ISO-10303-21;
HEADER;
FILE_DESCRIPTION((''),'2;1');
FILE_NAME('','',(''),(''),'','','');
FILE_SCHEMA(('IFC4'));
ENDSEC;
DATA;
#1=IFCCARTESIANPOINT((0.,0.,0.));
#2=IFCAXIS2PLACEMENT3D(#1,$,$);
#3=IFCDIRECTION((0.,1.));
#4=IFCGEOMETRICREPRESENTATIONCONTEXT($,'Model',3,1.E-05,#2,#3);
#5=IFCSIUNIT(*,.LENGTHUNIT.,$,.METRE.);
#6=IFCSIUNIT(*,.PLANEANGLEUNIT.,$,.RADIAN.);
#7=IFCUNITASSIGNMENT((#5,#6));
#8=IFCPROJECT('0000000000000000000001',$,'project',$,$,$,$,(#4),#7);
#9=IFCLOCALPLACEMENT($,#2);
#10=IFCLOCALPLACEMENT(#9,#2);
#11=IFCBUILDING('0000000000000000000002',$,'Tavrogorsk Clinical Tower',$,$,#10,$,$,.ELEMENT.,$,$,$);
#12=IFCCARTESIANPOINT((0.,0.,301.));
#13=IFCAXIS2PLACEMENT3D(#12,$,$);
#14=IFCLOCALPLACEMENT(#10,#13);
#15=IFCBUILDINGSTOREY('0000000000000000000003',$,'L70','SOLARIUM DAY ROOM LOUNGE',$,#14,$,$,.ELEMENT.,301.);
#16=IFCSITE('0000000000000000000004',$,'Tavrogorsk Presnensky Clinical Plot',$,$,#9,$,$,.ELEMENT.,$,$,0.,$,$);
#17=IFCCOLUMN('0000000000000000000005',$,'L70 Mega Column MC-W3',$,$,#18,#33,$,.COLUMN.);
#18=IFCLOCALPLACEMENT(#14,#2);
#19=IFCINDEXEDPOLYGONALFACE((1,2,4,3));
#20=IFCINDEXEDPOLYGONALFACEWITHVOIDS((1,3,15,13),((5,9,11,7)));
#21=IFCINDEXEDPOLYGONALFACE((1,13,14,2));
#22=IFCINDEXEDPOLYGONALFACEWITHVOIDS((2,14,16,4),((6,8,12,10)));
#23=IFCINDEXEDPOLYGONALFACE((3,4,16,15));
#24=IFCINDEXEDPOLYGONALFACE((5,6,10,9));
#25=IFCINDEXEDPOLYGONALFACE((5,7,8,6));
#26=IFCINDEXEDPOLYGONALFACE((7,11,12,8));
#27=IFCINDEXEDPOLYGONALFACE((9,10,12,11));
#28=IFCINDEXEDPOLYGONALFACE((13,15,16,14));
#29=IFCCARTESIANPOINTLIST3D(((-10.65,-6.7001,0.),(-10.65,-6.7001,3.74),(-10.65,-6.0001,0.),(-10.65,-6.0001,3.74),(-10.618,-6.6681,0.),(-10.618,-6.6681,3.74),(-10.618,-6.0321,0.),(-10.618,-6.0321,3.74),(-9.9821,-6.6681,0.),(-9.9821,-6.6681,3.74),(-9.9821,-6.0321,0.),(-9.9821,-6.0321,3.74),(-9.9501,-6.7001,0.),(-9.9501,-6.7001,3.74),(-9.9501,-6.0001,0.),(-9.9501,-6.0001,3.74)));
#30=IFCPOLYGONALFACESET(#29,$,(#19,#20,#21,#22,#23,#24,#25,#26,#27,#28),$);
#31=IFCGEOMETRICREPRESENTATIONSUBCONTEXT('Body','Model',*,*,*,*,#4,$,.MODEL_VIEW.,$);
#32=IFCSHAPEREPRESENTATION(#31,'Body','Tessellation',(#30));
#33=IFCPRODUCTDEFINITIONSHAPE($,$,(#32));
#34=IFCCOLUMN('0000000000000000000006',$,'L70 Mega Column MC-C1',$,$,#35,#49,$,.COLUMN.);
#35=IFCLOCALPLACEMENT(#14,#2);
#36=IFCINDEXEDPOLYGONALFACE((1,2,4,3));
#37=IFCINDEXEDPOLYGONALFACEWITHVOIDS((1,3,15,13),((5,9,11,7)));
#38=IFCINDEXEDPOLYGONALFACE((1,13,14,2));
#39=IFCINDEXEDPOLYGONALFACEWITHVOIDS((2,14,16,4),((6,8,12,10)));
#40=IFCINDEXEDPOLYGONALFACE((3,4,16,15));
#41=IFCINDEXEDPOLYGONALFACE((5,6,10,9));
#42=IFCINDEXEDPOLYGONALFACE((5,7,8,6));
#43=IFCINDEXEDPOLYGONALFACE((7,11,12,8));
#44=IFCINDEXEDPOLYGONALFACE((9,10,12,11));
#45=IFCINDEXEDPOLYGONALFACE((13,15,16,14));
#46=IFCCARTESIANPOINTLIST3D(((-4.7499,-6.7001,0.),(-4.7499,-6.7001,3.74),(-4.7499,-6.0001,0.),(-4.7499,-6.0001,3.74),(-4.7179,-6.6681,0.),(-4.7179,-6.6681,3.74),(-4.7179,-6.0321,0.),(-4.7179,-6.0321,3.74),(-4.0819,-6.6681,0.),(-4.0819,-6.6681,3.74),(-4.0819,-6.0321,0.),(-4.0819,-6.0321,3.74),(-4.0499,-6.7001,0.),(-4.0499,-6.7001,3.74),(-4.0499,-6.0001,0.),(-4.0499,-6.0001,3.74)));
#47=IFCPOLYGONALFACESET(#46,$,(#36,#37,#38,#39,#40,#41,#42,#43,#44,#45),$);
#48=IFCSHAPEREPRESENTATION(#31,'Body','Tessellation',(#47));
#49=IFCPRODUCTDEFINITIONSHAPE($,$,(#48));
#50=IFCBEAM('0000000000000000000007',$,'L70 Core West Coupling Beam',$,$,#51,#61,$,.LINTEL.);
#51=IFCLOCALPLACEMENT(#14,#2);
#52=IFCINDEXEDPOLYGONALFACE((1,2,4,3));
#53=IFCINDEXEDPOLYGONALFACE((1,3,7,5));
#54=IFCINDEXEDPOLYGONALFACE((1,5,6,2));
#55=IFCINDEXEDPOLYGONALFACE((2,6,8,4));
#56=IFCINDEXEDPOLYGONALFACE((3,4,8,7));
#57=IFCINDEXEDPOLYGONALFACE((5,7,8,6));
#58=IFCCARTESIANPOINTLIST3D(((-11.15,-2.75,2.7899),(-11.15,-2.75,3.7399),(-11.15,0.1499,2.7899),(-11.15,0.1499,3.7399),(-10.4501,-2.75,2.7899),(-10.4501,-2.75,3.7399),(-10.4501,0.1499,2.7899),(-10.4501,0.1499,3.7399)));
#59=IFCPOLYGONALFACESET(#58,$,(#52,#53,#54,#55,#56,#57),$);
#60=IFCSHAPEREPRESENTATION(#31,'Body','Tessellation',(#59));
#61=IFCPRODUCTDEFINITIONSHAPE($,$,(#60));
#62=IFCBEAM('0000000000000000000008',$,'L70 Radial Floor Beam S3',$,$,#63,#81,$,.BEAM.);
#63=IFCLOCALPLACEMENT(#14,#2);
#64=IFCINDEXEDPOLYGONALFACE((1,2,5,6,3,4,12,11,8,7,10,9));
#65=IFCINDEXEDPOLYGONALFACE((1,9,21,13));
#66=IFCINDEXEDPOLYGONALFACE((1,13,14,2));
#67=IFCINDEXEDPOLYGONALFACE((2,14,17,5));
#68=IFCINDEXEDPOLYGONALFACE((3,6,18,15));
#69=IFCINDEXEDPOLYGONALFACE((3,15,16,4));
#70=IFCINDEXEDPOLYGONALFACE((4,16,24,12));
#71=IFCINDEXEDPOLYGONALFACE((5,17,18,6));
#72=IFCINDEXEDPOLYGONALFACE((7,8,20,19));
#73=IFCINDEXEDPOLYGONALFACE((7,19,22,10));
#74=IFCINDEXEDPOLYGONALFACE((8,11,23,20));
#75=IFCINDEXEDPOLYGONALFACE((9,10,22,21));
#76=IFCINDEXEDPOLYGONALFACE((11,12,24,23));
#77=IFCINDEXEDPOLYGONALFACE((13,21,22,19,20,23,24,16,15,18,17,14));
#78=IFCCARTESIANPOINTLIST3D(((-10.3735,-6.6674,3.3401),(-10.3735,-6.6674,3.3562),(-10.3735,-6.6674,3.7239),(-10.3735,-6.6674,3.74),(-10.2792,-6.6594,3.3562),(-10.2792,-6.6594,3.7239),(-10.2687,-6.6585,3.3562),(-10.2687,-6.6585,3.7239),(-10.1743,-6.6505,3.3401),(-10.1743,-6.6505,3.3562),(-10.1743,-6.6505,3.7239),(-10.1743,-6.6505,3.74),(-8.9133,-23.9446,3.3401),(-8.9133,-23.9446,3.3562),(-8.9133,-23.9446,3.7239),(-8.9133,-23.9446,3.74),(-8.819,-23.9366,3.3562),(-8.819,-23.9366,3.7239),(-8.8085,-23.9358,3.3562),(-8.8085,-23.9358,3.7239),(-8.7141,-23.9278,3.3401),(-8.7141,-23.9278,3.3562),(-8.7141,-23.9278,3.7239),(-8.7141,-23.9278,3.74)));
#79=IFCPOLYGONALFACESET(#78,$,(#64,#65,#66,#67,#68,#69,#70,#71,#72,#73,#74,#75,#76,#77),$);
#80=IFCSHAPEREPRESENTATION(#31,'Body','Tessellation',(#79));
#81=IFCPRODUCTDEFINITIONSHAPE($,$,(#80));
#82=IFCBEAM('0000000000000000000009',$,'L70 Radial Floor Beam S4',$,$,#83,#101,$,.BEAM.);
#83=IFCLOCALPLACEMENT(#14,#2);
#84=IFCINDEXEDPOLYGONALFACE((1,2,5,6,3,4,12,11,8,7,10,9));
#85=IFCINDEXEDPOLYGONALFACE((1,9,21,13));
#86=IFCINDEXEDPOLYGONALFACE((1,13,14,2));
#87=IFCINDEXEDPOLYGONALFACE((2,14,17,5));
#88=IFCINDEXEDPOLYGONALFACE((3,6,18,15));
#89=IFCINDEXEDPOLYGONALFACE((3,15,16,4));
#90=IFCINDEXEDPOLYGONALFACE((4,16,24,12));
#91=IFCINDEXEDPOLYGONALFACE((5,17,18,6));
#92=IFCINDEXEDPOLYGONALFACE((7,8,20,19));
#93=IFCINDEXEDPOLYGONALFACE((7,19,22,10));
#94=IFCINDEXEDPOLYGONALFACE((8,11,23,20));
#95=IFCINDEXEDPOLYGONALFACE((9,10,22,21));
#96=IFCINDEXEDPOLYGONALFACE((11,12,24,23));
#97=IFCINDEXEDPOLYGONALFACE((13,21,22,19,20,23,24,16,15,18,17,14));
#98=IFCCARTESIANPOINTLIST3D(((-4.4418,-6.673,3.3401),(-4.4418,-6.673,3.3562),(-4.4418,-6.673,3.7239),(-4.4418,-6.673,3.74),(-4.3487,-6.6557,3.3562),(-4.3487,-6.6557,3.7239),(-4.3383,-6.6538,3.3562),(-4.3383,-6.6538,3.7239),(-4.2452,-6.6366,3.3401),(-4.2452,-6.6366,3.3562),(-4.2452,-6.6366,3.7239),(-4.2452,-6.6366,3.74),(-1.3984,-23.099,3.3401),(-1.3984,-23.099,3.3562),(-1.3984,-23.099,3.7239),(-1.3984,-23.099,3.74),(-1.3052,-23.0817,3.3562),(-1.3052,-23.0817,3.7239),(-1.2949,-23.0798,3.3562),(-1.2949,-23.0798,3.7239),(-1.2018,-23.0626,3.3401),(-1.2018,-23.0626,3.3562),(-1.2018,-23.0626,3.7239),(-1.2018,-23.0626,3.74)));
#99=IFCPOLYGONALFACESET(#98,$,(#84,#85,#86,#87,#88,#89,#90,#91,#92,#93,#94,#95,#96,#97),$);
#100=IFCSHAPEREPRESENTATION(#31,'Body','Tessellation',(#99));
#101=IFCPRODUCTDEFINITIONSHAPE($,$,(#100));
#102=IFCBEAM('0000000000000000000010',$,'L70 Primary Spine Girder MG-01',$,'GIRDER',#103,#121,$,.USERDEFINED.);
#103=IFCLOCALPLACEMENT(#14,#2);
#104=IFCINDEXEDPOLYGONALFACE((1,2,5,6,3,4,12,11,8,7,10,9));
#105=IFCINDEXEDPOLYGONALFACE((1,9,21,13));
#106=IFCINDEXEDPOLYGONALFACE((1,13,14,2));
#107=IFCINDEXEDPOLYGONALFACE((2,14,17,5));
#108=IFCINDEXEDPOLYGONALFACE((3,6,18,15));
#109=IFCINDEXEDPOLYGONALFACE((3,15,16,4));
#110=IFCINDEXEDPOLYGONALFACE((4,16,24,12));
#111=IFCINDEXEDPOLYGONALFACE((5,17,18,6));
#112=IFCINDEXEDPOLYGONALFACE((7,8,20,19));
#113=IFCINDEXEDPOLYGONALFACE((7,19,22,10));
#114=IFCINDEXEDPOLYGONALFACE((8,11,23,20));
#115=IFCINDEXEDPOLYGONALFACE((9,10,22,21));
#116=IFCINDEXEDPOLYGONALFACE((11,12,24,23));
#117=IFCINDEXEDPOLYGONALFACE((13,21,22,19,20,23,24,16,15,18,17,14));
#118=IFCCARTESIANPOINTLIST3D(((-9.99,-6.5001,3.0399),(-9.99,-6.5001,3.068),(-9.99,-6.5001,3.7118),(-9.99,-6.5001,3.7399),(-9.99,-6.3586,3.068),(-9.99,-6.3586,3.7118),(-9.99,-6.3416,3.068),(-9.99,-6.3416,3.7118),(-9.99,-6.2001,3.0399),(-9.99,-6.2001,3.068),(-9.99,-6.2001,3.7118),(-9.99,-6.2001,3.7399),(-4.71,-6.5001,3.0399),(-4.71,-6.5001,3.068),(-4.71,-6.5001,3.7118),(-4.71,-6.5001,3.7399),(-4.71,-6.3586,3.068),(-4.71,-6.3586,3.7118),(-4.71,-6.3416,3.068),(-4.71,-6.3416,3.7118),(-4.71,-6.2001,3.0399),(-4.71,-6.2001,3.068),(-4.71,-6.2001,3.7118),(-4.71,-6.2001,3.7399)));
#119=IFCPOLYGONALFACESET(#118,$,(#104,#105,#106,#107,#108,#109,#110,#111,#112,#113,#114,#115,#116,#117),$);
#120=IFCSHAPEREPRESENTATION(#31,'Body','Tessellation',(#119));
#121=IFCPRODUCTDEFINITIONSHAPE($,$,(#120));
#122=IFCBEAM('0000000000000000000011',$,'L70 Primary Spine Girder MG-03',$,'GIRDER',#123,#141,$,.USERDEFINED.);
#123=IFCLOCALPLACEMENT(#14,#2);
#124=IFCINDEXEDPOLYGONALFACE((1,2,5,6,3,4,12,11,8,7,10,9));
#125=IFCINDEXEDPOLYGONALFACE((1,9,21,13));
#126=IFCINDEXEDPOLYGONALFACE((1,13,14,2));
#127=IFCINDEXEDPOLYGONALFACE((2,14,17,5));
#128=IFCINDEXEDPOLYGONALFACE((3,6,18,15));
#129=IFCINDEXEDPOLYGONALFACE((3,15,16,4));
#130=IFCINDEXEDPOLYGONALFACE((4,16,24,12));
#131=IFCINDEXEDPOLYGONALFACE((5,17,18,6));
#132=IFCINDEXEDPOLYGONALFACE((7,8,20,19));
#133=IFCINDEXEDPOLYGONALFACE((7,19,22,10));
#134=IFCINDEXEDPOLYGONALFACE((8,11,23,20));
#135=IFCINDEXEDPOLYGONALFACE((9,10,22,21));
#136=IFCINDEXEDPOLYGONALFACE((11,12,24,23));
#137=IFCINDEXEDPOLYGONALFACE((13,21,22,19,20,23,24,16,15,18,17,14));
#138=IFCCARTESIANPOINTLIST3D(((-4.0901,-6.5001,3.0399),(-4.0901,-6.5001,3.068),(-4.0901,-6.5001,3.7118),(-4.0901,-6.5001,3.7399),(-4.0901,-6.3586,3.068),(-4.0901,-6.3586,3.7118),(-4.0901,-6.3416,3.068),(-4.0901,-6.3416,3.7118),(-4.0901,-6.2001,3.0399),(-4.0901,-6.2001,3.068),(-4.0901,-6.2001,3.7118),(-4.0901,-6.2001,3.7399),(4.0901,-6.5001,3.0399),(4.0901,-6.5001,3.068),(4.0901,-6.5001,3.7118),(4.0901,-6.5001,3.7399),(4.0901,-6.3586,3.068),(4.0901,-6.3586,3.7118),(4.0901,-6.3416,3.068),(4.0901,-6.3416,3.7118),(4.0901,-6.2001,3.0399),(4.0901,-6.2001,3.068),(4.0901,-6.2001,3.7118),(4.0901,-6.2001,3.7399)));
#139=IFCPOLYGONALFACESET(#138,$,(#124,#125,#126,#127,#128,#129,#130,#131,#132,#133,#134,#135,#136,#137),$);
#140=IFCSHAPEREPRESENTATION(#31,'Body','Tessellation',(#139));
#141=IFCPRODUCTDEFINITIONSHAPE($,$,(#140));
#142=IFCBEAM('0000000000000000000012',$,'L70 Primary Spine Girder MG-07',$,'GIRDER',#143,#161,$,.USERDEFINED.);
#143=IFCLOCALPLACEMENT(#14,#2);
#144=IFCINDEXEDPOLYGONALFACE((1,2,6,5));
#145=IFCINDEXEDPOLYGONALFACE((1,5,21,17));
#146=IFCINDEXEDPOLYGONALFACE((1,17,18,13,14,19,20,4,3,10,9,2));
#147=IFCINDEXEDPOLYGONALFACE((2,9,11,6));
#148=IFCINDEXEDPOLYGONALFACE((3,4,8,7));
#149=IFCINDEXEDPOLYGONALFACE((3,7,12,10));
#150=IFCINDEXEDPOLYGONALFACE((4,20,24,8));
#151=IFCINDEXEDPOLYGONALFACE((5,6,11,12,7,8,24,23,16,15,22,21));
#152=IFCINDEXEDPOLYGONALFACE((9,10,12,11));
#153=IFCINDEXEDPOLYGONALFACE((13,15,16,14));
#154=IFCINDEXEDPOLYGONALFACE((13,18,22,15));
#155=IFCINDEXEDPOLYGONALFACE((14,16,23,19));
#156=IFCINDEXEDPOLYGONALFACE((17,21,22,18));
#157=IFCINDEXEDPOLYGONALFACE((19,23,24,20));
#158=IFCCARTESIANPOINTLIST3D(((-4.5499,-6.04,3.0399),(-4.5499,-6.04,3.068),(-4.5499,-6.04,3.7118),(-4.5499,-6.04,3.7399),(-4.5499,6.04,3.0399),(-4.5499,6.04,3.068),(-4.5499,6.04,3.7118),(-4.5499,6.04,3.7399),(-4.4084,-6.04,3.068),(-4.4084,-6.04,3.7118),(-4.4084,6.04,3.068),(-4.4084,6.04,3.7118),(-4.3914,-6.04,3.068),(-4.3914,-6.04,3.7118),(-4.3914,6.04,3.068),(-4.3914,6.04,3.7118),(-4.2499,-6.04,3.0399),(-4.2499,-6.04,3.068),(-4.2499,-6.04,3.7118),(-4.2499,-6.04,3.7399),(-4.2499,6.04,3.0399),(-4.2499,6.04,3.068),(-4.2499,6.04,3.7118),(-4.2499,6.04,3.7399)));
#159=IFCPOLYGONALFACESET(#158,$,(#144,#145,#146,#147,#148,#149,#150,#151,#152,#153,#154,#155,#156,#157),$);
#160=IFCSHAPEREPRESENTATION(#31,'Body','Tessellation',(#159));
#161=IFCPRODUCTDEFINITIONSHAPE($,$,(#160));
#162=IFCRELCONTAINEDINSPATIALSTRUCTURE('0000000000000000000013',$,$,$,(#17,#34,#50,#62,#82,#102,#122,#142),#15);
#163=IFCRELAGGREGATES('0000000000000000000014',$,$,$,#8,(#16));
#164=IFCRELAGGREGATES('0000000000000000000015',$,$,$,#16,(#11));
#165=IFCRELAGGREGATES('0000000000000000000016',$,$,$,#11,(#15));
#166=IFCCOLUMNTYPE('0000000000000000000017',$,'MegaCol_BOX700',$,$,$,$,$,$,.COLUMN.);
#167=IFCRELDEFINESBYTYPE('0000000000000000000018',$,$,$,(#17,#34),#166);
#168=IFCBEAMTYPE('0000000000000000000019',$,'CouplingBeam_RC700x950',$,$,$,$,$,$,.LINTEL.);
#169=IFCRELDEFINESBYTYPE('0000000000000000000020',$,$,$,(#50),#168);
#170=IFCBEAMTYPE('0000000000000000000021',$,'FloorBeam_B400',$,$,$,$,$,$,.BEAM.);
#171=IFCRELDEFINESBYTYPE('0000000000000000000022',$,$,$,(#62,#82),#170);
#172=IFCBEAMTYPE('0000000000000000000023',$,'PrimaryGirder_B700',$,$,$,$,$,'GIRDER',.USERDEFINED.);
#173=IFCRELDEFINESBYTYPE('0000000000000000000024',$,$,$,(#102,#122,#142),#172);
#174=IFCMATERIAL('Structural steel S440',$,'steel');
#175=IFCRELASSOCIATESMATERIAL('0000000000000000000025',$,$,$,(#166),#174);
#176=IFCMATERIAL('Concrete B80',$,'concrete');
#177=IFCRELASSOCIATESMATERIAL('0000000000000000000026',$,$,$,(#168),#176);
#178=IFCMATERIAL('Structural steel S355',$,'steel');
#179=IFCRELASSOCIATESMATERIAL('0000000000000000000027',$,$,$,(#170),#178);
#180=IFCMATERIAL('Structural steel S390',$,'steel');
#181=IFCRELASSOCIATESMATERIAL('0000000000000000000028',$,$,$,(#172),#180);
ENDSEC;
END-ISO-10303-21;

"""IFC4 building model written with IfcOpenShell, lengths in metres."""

from ifc_helpers import new_model, si_unit, direction, frame, origin, origin_2d, place, context, subcontext, project, spatial, rectangle, hollow_rectangle, i_section, extrude, material, material_profile, profile_set, type_object, element, save


model = new_model("IFC4")

# Units and contexts
model_context = context("Model", 3, precision=1e-05, world=origin(), true_north=direction((0.0, 1.0)))
body_context = subcontext(model_context, "Body", "Model", "MODEL_VIEW")
ifc_project = project(units=[si_unit("LENGTHUNIT", "METRE"), si_unit("PLANEANGLEUNIT", "RADIAN")], contexts=[model_context])

# Site, building, storey
site_placement = place(None, origin())
site = spatial("IfcSite", under=ifc_project, at=site_placement, Name="Tavrogorsk Presnensky Clinical Plot", CompositionType="ELEMENT", RefElevation=0.0)
building_placement = place(site_placement, origin())
building = spatial("IfcBuilding", under=site, at=building_placement, Name="Tavrogorsk Clinical Tower", CompositionType="ELEMENT")
storey_placement = place(building_placement, frame((0.0, 0.0, 301.0)))
storey = spatial("IfcBuildingStorey", under=building, at=storey_placement, Name="L70", Description="SOLARIUM DAY ROOM LOUNGE", CompositionType="ELEMENT", Elevation=301.0)

# Columns
ifc_material_1 = material(Name="Structural steel S440", Category="steel")
ifc_material_profile_1 = material_profile(ifc_material_1, hollow_rectangle(XDim=0.7, YDim=0.7, WallThickness=0.032, at=origin_2d()), Name="BOX-700x700x32")
ifc_profile_set_1 = profile_set([ifc_material_profile_1], Name="Structural steel S440")
column_type = type_object("IfcColumnType", Name="MegaCol_BOX700", PredefinedType="COLUMN", material=ifc_profile_set_1)
for number, where, z_axis, x_axis, name in (
    (1, (-10.3, -6.3501, 0.0), (0.0, 0.0, 1.0), (1.0, 0.0, 0.0), "L70 Mega Column MC-W3"),
    (2, (-4.3999, -6.3501, 0.0), (0.0, 0.0, 1.0), (1.0, 0.0, 0.0), "L70 Mega Column MC-C1"),
):
    element("IfcColumn", number, at=place(storey_placement, frame(where, z_axis=z_axis, x_axis=x_axis)), inside=storey, type_object=column_type, Name=name, PredefinedType="COLUMN", context=body_context, shape_type="SweptSolid", body=[
        extrude(hollow_rectangle(XDim=0.7, YDim=0.7, WallThickness=0.032, at=origin_2d()), origin(), (0.0, 0.0, 1.0), 3.74),
    ])

# Beams
ifc_material_2 = material(Name="Concrete B80", Category="concrete")
ifc_material_profile_2 = material_profile(ifc_material_2, rectangle(XDim=0.7, YDim=0.95, at=origin_2d()), Name="RC-CB-700x950")
ifc_profile_set_2 = profile_set([ifc_material_profile_2], Name="Concrete B80")
beam_type_1 = type_object("IfcBeamType", Name="CouplingBeam_RC700x950", PredefinedType="LINTEL", material=ifc_profile_set_2)
beam_1_placement = place(storey_placement, frame((-10.8, -2.75, 3.2649), z_axis=(0.0, 1.0, 0.0), x_axis=(-1.0, 0.0, 0.0)))
element("IfcBeam", 3, at=beam_1_placement, inside=storey, type_object=beam_type_1, Name="L70 Core West Coupling Beam", PredefinedType="LINTEL", context=body_context, shape_type="SweptSolid", body=[
    extrude(rectangle(XDim=0.7, YDim=0.95, at=origin_2d()), origin(), (0.0, 0.0, 1.0), 2.8999),
])
ifc_material_3 = material(Name="Structural steel S355", Category="steel")
ifc_material_profile_3 = material_profile(ifc_material_3, i_section(OverallWidth=0.2, OverallDepth=0.3999, WebThickness=0.0105, FlangeThickness=0.0161, at=origin_2d()), Name="B-400x200x10.5x16")
ifc_profile_set_3 = profile_set([ifc_material_profile_3], Name="Structural steel S355")
beam_type_2 = type_object("IfcBeamType", Name="FloorBeam_B400", PredefinedType="BEAM", material=ifc_profile_set_3)
beam_2_placement = place(storey_placement, frame((-10.2739, -6.6589, 3.54), z_axis=(0.084215, -0.996448, 0.0), x_axis=(0.996448, 0.084215, 0.0)))
element("IfcBeam", 4, at=beam_2_placement, inside=storey, type_object=beam_type_2, Name="L70 Radial Floor Beam S3", PredefinedType="BEAM", context=body_context, shape_type="SweptSolid", body=[
    extrude(i_section(OverallWidth=0.2, OverallDepth=0.3999, WebThickness=0.0105, FlangeThickness=0.0161, at=origin_2d()), origin(), (0.0, 0.0, 1.0), 17.3389),
])
beam_3_placement = place(storey_placement, frame((-4.3435, -6.6548, 3.54), z_axis=(0.182182, -0.983265, 0.0), x_axis=(0.983265, 0.182182, 0.0)))
element("IfcBeam", 5, at=beam_3_placement, inside=storey, type_object=beam_type_2, Name="L70 Radial Floor Beam S4", PredefinedType="BEAM", context=body_context, shape_type="SweptSolid", body=[
    extrude(i_section(OverallWidth=0.2, OverallDepth=0.3999, WebThickness=0.0105, FlangeThickness=0.0161, at=origin_2d()), origin(), (0.0, 0.0, 1.0), 16.7056),
])
ifc_material_4 = material(Name="Structural steel S390", Category="steel")
ifc_material_profile_4 = material_profile(ifc_material_4, i_section(OverallWidth=0.3, OverallDepth=0.7, WebThickness=0.0171, FlangeThickness=0.0281, at=origin_2d()), Name="B-700x300x17x28")
ifc_profile_set_4 = profile_set([ifc_material_profile_4], Name="Structural steel S390")
beam_type_3 = type_object("IfcBeamType", Name="PrimaryGirder_B700", ElementType="GIRDER", PredefinedType="USERDEFINED", material=ifc_profile_set_4)
beam_4_placement = place(storey_placement, frame((-9.99, -6.3501, 3.3899), z_axis=(1.0, 0.0, 0.0), x_axis=(0.0, 1.0, 0.0)))
element("IfcBeam", 6, at=beam_4_placement, inside=storey, type_object=beam_type_3, Name="L70 Primary Spine Girder MG-01", ObjectType="GIRDER", PredefinedType="USERDEFINED", context=body_context, shape_type="SweptSolid", body=[
    extrude(i_section(OverallWidth=0.3, OverallDepth=0.7, WebThickness=0.0171, FlangeThickness=0.0281, at=origin_2d()), origin(), (0.0, 0.0, 1.0), 5.28),
])
beam_5_placement = place(storey_placement, frame((-4.0901, -6.3501, 3.3899), z_axis=(1.0, 0.0, 0.0), x_axis=(0.0, 1.0, 0.0)))
element("IfcBeam", 7, at=beam_5_placement, inside=storey, type_object=beam_type_3, Name="L70 Primary Spine Girder MG-03", ObjectType="GIRDER", PredefinedType="USERDEFINED", context=body_context, shape_type="SweptSolid", body=[
    extrude(i_section(OverallWidth=0.3, OverallDepth=0.7, WebThickness=0.0171, FlangeThickness=0.0281, at=origin_2d()), origin(), (0.0, 0.0, 1.0), 8.1802),
])
beam_6_placement = place(storey_placement, frame((-4.3999, -6.04, 3.3899), z_axis=(0.0, 1.0, 0.0), x_axis=(-1.0, 0.0, 0.0)))
element("IfcBeam", 8, at=beam_6_placement, inside=storey, type_object=beam_type_3, Name="L70 Primary Spine Girder MG-07", ObjectType="GIRDER", PredefinedType="USERDEFINED", context=body_context, shape_type="SweptSolid", body=[
    extrude(i_section(OverallWidth=0.3, OverallDepth=0.7, WebThickness=0.0171, FlangeThickness=0.0281, at=origin_2d()), origin(), (0.0, 0.0, 1.0), 12.0801),
])

save(model, "model.ifc")
